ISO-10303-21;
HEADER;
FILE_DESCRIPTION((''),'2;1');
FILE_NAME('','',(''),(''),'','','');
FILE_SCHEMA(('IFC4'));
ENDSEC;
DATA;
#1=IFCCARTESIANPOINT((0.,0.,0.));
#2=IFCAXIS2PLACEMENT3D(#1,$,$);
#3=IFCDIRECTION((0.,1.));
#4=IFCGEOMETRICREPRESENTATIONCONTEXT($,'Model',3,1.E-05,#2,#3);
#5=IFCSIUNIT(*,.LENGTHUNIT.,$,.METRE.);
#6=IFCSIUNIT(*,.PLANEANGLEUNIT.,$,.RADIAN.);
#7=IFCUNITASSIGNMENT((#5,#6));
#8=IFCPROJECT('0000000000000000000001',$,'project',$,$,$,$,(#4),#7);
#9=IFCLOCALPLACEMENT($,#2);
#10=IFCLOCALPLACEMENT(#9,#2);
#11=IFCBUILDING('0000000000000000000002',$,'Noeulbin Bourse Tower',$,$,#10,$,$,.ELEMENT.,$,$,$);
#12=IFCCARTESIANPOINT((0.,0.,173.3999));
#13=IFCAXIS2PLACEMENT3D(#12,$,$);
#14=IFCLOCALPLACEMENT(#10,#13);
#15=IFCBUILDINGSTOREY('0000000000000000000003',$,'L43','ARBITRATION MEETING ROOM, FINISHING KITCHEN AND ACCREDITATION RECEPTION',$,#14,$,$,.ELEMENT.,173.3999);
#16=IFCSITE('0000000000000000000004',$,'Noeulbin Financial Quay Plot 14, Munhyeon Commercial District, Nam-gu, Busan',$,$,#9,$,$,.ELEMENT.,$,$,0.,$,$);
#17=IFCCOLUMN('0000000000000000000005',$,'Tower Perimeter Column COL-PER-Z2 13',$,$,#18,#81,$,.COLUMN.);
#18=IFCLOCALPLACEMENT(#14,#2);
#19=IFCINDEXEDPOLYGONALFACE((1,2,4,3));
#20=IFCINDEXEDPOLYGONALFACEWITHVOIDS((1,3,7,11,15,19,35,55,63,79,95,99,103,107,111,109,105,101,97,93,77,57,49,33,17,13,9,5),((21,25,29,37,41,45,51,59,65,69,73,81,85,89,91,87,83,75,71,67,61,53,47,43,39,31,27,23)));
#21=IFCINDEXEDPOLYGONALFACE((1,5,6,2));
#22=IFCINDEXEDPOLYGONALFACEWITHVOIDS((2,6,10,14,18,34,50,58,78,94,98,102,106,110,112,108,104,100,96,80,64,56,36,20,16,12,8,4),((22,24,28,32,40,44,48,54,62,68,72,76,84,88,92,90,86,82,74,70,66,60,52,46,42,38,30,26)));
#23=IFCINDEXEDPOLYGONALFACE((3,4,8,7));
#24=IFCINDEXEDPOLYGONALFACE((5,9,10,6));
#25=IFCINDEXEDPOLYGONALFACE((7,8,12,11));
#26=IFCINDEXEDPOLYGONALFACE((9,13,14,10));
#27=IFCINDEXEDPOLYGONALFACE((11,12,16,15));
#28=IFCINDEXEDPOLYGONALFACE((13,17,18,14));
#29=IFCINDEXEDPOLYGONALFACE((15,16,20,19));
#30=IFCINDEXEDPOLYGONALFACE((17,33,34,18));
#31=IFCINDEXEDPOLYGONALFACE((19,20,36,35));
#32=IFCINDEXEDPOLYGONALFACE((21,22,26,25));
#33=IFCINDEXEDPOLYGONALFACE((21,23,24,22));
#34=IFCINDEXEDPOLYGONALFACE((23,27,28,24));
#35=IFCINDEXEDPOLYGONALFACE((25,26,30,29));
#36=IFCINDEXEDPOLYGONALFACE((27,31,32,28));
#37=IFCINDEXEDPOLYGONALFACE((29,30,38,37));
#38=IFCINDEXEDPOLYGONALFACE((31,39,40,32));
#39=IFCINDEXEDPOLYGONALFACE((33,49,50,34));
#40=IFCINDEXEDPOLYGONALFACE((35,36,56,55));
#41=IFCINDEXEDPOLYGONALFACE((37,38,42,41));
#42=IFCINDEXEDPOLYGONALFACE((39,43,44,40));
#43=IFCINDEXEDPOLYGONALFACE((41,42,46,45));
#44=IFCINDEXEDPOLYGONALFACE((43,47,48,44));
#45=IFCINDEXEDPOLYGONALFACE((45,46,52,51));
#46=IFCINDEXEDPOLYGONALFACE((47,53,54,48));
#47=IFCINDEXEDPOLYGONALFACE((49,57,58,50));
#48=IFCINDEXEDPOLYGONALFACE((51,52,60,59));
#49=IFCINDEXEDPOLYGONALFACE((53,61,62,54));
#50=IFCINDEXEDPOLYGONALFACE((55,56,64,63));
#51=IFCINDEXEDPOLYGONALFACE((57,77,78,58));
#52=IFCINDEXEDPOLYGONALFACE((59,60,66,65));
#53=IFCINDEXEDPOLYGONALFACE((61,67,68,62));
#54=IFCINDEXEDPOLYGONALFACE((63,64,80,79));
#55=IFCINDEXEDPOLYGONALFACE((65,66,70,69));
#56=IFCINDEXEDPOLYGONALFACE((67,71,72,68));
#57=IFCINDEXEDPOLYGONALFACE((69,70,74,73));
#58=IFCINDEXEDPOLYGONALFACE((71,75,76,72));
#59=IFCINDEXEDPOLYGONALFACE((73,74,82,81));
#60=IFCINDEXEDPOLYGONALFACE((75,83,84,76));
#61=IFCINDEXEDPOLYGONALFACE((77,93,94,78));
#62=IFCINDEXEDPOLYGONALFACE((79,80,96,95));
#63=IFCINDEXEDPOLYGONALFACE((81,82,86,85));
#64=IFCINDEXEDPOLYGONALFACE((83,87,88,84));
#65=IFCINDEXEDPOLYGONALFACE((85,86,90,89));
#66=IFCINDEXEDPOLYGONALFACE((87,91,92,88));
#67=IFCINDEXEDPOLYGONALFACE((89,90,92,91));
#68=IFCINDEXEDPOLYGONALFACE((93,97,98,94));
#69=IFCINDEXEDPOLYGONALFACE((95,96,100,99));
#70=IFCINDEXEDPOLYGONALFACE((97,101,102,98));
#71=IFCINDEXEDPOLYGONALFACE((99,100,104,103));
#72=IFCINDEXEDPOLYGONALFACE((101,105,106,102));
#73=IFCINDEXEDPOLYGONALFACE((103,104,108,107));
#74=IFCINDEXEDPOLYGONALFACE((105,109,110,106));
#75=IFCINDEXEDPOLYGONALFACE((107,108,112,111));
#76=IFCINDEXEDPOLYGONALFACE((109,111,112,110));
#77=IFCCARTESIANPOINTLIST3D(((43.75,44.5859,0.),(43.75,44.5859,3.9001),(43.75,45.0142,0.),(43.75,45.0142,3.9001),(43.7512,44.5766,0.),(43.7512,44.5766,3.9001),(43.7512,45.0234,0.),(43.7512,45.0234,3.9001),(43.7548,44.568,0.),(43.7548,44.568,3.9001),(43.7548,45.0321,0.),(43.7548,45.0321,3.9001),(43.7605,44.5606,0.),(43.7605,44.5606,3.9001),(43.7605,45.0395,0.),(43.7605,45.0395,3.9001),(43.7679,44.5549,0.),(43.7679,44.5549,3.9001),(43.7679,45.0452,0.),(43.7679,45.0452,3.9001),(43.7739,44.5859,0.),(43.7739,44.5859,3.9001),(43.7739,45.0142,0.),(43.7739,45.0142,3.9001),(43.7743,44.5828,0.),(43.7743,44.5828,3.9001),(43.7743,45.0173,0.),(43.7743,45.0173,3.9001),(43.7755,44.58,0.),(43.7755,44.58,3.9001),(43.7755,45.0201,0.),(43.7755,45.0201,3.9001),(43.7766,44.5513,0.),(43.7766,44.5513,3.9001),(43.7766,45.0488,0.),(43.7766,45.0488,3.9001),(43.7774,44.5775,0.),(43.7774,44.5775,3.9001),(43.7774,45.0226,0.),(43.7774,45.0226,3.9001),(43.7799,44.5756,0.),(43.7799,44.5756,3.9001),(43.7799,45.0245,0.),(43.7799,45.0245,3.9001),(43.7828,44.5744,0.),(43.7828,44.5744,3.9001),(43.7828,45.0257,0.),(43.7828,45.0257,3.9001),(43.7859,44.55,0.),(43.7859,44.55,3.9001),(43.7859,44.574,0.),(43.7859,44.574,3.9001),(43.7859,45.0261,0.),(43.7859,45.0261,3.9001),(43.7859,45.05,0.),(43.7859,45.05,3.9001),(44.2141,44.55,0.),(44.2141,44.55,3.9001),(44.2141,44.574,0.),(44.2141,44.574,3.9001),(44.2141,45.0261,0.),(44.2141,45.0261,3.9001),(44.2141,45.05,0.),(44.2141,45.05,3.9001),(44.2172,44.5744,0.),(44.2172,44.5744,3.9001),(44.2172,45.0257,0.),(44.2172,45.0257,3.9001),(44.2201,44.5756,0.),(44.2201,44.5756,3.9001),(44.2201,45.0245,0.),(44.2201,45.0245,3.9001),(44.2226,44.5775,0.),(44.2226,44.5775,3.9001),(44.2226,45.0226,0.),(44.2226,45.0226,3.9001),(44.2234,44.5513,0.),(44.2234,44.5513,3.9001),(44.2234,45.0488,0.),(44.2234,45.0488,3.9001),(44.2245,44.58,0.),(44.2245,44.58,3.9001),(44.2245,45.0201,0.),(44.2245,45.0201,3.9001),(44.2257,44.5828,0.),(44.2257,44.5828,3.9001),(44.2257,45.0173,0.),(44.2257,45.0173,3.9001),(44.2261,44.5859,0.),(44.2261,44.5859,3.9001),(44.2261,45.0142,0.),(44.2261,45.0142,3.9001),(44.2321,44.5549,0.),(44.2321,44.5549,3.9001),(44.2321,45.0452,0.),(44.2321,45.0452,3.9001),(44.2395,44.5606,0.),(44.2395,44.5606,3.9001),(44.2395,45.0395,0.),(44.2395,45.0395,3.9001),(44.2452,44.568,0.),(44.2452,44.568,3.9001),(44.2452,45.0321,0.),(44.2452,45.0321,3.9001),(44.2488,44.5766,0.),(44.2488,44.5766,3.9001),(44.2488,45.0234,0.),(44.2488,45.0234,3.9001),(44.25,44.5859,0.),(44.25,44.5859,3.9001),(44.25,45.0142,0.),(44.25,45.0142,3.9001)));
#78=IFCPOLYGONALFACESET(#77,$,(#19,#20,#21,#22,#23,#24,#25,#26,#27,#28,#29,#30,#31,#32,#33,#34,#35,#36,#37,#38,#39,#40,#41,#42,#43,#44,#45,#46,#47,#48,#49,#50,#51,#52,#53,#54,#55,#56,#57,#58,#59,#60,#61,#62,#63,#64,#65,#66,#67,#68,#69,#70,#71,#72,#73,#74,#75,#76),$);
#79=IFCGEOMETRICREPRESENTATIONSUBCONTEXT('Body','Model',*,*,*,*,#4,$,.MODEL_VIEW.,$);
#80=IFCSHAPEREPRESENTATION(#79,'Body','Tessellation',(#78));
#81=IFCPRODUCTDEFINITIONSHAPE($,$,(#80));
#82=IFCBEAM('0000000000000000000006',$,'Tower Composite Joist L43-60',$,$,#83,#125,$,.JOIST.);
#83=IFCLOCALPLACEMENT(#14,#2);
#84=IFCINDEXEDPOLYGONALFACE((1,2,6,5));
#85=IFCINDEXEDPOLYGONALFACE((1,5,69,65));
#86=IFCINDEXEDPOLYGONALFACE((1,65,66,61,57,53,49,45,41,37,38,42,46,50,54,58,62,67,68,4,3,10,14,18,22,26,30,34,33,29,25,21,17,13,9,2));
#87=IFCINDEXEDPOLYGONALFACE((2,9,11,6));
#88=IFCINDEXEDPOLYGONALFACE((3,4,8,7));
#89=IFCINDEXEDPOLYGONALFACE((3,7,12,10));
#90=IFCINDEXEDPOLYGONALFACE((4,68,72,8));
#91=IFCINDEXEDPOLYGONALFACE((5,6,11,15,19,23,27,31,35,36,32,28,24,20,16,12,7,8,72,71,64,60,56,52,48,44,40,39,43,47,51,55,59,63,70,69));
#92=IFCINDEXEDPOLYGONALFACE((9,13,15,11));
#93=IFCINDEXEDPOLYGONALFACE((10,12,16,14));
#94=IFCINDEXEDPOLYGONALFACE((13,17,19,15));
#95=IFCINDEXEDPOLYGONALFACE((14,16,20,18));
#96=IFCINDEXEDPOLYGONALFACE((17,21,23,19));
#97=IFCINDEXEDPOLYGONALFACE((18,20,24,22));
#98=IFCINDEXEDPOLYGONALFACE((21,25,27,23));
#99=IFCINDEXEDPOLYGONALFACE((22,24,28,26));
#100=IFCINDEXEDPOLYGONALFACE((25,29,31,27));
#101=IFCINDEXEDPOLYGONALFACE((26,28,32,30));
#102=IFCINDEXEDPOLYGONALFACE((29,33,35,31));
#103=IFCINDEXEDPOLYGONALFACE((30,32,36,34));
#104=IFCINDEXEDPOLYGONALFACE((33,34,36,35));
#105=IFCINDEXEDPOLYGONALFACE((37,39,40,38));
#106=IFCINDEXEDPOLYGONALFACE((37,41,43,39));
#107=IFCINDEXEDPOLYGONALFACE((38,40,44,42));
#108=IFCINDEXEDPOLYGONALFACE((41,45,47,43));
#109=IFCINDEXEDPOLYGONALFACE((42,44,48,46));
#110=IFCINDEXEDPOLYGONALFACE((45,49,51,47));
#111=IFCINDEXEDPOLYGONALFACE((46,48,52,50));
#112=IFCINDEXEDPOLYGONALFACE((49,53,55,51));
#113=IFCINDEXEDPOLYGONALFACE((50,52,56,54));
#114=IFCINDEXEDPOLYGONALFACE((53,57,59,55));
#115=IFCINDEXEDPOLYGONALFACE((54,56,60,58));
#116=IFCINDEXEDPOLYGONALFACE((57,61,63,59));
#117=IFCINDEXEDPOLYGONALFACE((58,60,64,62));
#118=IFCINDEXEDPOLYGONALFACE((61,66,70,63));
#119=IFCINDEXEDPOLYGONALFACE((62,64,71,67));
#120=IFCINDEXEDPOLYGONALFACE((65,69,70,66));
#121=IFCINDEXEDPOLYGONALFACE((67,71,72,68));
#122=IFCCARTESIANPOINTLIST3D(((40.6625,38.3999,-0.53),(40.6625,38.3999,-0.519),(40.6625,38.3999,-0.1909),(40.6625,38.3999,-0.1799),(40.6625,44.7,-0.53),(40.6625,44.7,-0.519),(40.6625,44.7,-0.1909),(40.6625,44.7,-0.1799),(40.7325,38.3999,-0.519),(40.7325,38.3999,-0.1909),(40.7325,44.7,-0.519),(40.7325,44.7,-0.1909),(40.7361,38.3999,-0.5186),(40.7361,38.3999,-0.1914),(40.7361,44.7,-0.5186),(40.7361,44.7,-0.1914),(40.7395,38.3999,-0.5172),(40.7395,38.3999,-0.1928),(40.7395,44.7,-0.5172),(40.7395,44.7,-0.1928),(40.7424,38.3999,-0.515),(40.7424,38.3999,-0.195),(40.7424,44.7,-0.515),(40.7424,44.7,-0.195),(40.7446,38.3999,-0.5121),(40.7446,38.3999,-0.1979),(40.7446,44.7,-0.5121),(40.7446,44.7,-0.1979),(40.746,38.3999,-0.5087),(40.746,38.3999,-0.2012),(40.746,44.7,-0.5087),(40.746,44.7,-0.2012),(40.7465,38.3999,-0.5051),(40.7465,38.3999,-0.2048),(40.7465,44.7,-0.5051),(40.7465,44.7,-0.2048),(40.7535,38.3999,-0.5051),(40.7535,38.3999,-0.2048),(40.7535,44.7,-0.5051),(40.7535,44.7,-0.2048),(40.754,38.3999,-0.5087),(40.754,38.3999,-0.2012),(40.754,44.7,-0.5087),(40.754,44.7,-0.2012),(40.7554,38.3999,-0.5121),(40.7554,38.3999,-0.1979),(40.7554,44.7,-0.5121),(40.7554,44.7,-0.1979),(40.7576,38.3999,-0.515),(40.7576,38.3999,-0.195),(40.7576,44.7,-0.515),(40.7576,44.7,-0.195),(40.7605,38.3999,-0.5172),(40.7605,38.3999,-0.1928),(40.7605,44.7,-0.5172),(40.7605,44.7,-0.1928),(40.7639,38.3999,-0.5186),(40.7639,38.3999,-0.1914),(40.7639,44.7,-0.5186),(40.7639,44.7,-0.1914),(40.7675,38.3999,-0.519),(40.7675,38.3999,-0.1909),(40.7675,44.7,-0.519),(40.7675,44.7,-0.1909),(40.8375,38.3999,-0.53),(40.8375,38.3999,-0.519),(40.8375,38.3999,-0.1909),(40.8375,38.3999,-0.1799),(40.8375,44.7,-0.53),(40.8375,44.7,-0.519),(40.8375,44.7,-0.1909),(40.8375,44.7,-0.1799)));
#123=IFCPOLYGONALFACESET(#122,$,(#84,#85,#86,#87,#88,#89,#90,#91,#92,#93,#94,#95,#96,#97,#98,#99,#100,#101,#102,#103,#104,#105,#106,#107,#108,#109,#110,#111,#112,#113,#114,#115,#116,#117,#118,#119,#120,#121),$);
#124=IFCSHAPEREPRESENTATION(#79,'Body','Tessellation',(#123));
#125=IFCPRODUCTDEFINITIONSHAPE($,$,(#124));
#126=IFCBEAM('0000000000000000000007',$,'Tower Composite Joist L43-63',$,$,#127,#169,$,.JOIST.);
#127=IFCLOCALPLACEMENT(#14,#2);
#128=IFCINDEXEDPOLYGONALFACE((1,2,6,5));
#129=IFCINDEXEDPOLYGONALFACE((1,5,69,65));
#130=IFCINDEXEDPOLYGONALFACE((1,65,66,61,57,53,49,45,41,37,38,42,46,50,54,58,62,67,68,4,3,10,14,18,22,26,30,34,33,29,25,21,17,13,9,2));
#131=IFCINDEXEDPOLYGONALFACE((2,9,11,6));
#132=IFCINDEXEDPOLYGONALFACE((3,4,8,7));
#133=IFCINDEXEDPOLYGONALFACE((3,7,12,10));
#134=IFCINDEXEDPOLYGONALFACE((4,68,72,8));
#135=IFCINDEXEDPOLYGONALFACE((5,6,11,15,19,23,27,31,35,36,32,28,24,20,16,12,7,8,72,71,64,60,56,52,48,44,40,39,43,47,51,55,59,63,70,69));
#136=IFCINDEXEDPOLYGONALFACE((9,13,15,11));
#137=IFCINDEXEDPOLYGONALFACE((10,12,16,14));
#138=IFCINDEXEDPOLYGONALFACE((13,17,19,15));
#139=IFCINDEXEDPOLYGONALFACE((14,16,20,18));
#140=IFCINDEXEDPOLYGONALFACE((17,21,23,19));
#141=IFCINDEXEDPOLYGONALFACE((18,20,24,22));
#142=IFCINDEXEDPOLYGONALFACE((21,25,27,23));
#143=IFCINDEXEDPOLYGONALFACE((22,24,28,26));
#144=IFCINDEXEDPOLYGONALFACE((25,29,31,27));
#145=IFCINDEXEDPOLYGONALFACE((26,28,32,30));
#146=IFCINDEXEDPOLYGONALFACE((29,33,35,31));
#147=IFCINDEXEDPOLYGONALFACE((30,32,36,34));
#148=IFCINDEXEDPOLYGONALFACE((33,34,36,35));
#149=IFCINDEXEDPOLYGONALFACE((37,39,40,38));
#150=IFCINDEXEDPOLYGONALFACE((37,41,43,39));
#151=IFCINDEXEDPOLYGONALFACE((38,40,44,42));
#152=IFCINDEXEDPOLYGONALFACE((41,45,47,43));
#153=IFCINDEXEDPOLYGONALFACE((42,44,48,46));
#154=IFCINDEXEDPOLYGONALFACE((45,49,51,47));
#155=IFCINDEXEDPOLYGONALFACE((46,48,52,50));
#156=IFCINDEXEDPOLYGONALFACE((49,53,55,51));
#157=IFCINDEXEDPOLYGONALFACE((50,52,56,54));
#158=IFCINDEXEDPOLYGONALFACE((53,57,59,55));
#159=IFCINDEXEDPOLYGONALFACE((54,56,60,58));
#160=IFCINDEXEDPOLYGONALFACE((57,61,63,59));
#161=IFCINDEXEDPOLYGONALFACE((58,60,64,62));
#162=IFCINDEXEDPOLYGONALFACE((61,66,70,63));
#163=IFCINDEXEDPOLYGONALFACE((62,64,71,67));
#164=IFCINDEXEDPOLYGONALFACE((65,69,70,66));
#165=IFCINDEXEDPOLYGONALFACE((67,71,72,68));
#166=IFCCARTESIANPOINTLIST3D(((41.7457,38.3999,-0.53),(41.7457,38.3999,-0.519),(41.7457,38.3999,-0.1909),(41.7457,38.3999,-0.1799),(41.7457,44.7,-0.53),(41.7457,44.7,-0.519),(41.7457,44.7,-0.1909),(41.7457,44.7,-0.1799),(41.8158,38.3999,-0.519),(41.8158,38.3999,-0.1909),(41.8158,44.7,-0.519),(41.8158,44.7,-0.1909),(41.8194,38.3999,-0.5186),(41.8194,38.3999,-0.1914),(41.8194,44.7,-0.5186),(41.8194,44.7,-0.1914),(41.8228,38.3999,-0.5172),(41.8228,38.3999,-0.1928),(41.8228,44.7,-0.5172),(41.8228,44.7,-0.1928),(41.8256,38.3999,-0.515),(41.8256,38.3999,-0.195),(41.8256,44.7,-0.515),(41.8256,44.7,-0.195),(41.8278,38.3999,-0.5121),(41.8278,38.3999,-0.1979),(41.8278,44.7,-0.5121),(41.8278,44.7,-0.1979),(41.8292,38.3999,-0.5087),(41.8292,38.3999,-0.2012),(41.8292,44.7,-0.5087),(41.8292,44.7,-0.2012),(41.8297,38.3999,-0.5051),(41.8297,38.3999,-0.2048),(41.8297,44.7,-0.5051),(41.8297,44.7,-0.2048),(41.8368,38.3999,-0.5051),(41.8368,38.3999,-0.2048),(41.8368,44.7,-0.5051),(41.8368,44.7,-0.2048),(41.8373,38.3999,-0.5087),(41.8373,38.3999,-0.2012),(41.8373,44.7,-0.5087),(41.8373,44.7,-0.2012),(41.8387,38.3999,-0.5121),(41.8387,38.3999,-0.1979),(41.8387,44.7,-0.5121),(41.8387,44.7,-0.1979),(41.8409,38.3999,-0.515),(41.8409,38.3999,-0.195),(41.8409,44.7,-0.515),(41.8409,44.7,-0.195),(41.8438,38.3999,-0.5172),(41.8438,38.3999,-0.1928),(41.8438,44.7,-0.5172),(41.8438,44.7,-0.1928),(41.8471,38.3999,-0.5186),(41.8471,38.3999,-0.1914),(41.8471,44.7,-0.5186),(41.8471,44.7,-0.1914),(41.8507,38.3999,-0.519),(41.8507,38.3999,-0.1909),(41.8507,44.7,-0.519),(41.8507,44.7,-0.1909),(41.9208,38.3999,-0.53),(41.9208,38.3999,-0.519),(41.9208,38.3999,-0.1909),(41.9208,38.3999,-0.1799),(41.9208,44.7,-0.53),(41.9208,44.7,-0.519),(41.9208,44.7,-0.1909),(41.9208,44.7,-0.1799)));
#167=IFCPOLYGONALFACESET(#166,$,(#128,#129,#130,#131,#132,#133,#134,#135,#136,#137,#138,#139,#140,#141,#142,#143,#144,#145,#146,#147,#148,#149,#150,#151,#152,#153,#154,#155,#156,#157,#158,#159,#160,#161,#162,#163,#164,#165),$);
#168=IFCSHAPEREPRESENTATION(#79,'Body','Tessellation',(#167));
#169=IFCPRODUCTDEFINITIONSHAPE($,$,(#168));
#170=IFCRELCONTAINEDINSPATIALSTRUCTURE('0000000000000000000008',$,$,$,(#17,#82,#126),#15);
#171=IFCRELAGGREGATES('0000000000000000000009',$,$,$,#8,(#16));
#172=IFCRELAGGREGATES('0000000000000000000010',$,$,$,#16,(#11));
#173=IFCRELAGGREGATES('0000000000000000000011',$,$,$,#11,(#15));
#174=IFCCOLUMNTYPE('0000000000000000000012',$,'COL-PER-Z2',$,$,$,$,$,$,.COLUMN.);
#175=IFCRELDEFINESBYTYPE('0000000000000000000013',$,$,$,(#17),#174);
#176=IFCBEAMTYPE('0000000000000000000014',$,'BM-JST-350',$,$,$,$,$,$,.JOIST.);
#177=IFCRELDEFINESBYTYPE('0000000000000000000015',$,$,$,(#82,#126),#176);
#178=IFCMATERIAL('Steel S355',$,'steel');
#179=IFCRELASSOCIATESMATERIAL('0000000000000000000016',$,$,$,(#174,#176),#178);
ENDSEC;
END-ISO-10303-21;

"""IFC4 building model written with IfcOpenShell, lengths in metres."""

from ifc_helpers import new_model, si_unit, direction, frame, origin, origin_2d, place, context, subcontext, project, spatial, hollow_rectangle, i_section, extrude, material, material_profile, profile_set, type_object, element, save


model = new_model("IFC4")

# Units and contexts
model_context = context("Model", 3, precision=1e-05, world=origin(), true_north=direction((0.0, 1.0)))
body_context = subcontext(model_context, "Body", "Model", "MODEL_VIEW")
ifc_project = project(units=[si_unit("LENGTHUNIT", "METRE"), si_unit("PLANEANGLEUNIT", "RADIAN")], contexts=[model_context])

# Site, building, storey
site_placement = place(None, origin())
site = spatial("IfcSite", under=ifc_project, at=site_placement, Name="Noeulbin Financial Quay Plot 14, Munhyeon Commercial District, Nam-gu, Busan", CompositionType="ELEMENT", RefElevation=0.0)
building_placement = place(site_placement, origin())
building = spatial("IfcBuilding", under=site, at=building_placement, Name="Noeulbin Bourse Tower", CompositionType="ELEMENT")
storey_placement = place(building_placement, frame((0.0, 0.0, 173.3999)))
storey = spatial("IfcBuildingStorey", under=building, at=storey_placement, Name="L43", Description="ARBITRATION MEETING ROOM, FINISHING KITCHEN AND ACCREDITATION RECEPTION", CompositionType="ELEMENT", Elevation=173.3999)

# Column
ifc_material_1 = material(Name="Steel S355", Category="steel")
ifc_material_profile_1 = material_profile(ifc_material_1, hollow_rectangle(XDim=0.5, YDim=0.5, WallThickness=0.0239, InnerFilletRadius=0.012, OuterFilletRadius=0.0359, at=origin_2d()), Name="BOX-500x500x24", Category="LoadBearing")
ifc_profile_set_1 = profile_set([ifc_material_profile_1], Name="Steel S355")
column_type = type_object("IfcColumnType", Name="COL-PER-Z2", PredefinedType="COLUMN", material=ifc_profile_set_1)
column_placement = place(storey_placement, frame((44.0, 44.8, 0.0), z_axis=(0.0, 0.0, 1.0), x_axis=(1.0, 0.0, 0.0)))
element("IfcColumn", 1, at=column_placement, inside=storey, type_object=column_type, Name="Tower Perimeter Column COL-PER-Z2 13", PredefinedType="COLUMN", context=body_context, shape_type="SweptSolid", body=[
    extrude(hollow_rectangle(XDim=0.5, YDim=0.5, WallThickness=0.0239, InnerFilletRadius=0.012, OuterFilletRadius=0.0359, at=origin_2d()), origin(), (0.0, 0.0, 1.0), 3.9001),
])

# Beams
ifc_material_profile_2 = material_profile(ifc_material_1, i_section(OverallWidth=0.175, OverallDepth=0.3501, WebThickness=0.0071, FlangeThickness=0.011, FilletRadius=0.0139, at=origin_2d()), Name="H-350x175x7x11", Category="LoadBearing")
ifc_profile_set_2 = profile_set([ifc_material_profile_2], Name="Steel S355")
beam_type = type_object("IfcBeamType", Name="BM-JST-350", PredefinedType="JOIST", material=ifc_profile_set_2)
for number, where, z_axis, x_axis, name in (
    (2, (40.75, 38.3999, -0.355), (0.0, 1.0, 0.0), (-1.0, 0.0, 0.0), "Tower Composite Joist L43-60"),
    (3, (41.8333, 38.3999, -0.355), (0.0, 1.0, 0.0), (-1.0, 0.0, 0.0), "Tower Composite Joist L43-63"),
):
    element("IfcBeam", number, at=place(storey_placement, frame(where, z_axis=z_axis, x_axis=x_axis)), inside=storey, type_object=beam_type, Name=name, PredefinedType="JOIST", context=body_context, shape_type="SweptSolid", body=[
        extrude(i_section(OverallWidth=0.175, OverallDepth=0.3501, WebThickness=0.0071, FlangeThickness=0.011, FilletRadius=0.0139, at=origin_2d()), origin(), (0.0, 0.0, 1.0), 6.3),
    ])

save(model, "model.ifc")
